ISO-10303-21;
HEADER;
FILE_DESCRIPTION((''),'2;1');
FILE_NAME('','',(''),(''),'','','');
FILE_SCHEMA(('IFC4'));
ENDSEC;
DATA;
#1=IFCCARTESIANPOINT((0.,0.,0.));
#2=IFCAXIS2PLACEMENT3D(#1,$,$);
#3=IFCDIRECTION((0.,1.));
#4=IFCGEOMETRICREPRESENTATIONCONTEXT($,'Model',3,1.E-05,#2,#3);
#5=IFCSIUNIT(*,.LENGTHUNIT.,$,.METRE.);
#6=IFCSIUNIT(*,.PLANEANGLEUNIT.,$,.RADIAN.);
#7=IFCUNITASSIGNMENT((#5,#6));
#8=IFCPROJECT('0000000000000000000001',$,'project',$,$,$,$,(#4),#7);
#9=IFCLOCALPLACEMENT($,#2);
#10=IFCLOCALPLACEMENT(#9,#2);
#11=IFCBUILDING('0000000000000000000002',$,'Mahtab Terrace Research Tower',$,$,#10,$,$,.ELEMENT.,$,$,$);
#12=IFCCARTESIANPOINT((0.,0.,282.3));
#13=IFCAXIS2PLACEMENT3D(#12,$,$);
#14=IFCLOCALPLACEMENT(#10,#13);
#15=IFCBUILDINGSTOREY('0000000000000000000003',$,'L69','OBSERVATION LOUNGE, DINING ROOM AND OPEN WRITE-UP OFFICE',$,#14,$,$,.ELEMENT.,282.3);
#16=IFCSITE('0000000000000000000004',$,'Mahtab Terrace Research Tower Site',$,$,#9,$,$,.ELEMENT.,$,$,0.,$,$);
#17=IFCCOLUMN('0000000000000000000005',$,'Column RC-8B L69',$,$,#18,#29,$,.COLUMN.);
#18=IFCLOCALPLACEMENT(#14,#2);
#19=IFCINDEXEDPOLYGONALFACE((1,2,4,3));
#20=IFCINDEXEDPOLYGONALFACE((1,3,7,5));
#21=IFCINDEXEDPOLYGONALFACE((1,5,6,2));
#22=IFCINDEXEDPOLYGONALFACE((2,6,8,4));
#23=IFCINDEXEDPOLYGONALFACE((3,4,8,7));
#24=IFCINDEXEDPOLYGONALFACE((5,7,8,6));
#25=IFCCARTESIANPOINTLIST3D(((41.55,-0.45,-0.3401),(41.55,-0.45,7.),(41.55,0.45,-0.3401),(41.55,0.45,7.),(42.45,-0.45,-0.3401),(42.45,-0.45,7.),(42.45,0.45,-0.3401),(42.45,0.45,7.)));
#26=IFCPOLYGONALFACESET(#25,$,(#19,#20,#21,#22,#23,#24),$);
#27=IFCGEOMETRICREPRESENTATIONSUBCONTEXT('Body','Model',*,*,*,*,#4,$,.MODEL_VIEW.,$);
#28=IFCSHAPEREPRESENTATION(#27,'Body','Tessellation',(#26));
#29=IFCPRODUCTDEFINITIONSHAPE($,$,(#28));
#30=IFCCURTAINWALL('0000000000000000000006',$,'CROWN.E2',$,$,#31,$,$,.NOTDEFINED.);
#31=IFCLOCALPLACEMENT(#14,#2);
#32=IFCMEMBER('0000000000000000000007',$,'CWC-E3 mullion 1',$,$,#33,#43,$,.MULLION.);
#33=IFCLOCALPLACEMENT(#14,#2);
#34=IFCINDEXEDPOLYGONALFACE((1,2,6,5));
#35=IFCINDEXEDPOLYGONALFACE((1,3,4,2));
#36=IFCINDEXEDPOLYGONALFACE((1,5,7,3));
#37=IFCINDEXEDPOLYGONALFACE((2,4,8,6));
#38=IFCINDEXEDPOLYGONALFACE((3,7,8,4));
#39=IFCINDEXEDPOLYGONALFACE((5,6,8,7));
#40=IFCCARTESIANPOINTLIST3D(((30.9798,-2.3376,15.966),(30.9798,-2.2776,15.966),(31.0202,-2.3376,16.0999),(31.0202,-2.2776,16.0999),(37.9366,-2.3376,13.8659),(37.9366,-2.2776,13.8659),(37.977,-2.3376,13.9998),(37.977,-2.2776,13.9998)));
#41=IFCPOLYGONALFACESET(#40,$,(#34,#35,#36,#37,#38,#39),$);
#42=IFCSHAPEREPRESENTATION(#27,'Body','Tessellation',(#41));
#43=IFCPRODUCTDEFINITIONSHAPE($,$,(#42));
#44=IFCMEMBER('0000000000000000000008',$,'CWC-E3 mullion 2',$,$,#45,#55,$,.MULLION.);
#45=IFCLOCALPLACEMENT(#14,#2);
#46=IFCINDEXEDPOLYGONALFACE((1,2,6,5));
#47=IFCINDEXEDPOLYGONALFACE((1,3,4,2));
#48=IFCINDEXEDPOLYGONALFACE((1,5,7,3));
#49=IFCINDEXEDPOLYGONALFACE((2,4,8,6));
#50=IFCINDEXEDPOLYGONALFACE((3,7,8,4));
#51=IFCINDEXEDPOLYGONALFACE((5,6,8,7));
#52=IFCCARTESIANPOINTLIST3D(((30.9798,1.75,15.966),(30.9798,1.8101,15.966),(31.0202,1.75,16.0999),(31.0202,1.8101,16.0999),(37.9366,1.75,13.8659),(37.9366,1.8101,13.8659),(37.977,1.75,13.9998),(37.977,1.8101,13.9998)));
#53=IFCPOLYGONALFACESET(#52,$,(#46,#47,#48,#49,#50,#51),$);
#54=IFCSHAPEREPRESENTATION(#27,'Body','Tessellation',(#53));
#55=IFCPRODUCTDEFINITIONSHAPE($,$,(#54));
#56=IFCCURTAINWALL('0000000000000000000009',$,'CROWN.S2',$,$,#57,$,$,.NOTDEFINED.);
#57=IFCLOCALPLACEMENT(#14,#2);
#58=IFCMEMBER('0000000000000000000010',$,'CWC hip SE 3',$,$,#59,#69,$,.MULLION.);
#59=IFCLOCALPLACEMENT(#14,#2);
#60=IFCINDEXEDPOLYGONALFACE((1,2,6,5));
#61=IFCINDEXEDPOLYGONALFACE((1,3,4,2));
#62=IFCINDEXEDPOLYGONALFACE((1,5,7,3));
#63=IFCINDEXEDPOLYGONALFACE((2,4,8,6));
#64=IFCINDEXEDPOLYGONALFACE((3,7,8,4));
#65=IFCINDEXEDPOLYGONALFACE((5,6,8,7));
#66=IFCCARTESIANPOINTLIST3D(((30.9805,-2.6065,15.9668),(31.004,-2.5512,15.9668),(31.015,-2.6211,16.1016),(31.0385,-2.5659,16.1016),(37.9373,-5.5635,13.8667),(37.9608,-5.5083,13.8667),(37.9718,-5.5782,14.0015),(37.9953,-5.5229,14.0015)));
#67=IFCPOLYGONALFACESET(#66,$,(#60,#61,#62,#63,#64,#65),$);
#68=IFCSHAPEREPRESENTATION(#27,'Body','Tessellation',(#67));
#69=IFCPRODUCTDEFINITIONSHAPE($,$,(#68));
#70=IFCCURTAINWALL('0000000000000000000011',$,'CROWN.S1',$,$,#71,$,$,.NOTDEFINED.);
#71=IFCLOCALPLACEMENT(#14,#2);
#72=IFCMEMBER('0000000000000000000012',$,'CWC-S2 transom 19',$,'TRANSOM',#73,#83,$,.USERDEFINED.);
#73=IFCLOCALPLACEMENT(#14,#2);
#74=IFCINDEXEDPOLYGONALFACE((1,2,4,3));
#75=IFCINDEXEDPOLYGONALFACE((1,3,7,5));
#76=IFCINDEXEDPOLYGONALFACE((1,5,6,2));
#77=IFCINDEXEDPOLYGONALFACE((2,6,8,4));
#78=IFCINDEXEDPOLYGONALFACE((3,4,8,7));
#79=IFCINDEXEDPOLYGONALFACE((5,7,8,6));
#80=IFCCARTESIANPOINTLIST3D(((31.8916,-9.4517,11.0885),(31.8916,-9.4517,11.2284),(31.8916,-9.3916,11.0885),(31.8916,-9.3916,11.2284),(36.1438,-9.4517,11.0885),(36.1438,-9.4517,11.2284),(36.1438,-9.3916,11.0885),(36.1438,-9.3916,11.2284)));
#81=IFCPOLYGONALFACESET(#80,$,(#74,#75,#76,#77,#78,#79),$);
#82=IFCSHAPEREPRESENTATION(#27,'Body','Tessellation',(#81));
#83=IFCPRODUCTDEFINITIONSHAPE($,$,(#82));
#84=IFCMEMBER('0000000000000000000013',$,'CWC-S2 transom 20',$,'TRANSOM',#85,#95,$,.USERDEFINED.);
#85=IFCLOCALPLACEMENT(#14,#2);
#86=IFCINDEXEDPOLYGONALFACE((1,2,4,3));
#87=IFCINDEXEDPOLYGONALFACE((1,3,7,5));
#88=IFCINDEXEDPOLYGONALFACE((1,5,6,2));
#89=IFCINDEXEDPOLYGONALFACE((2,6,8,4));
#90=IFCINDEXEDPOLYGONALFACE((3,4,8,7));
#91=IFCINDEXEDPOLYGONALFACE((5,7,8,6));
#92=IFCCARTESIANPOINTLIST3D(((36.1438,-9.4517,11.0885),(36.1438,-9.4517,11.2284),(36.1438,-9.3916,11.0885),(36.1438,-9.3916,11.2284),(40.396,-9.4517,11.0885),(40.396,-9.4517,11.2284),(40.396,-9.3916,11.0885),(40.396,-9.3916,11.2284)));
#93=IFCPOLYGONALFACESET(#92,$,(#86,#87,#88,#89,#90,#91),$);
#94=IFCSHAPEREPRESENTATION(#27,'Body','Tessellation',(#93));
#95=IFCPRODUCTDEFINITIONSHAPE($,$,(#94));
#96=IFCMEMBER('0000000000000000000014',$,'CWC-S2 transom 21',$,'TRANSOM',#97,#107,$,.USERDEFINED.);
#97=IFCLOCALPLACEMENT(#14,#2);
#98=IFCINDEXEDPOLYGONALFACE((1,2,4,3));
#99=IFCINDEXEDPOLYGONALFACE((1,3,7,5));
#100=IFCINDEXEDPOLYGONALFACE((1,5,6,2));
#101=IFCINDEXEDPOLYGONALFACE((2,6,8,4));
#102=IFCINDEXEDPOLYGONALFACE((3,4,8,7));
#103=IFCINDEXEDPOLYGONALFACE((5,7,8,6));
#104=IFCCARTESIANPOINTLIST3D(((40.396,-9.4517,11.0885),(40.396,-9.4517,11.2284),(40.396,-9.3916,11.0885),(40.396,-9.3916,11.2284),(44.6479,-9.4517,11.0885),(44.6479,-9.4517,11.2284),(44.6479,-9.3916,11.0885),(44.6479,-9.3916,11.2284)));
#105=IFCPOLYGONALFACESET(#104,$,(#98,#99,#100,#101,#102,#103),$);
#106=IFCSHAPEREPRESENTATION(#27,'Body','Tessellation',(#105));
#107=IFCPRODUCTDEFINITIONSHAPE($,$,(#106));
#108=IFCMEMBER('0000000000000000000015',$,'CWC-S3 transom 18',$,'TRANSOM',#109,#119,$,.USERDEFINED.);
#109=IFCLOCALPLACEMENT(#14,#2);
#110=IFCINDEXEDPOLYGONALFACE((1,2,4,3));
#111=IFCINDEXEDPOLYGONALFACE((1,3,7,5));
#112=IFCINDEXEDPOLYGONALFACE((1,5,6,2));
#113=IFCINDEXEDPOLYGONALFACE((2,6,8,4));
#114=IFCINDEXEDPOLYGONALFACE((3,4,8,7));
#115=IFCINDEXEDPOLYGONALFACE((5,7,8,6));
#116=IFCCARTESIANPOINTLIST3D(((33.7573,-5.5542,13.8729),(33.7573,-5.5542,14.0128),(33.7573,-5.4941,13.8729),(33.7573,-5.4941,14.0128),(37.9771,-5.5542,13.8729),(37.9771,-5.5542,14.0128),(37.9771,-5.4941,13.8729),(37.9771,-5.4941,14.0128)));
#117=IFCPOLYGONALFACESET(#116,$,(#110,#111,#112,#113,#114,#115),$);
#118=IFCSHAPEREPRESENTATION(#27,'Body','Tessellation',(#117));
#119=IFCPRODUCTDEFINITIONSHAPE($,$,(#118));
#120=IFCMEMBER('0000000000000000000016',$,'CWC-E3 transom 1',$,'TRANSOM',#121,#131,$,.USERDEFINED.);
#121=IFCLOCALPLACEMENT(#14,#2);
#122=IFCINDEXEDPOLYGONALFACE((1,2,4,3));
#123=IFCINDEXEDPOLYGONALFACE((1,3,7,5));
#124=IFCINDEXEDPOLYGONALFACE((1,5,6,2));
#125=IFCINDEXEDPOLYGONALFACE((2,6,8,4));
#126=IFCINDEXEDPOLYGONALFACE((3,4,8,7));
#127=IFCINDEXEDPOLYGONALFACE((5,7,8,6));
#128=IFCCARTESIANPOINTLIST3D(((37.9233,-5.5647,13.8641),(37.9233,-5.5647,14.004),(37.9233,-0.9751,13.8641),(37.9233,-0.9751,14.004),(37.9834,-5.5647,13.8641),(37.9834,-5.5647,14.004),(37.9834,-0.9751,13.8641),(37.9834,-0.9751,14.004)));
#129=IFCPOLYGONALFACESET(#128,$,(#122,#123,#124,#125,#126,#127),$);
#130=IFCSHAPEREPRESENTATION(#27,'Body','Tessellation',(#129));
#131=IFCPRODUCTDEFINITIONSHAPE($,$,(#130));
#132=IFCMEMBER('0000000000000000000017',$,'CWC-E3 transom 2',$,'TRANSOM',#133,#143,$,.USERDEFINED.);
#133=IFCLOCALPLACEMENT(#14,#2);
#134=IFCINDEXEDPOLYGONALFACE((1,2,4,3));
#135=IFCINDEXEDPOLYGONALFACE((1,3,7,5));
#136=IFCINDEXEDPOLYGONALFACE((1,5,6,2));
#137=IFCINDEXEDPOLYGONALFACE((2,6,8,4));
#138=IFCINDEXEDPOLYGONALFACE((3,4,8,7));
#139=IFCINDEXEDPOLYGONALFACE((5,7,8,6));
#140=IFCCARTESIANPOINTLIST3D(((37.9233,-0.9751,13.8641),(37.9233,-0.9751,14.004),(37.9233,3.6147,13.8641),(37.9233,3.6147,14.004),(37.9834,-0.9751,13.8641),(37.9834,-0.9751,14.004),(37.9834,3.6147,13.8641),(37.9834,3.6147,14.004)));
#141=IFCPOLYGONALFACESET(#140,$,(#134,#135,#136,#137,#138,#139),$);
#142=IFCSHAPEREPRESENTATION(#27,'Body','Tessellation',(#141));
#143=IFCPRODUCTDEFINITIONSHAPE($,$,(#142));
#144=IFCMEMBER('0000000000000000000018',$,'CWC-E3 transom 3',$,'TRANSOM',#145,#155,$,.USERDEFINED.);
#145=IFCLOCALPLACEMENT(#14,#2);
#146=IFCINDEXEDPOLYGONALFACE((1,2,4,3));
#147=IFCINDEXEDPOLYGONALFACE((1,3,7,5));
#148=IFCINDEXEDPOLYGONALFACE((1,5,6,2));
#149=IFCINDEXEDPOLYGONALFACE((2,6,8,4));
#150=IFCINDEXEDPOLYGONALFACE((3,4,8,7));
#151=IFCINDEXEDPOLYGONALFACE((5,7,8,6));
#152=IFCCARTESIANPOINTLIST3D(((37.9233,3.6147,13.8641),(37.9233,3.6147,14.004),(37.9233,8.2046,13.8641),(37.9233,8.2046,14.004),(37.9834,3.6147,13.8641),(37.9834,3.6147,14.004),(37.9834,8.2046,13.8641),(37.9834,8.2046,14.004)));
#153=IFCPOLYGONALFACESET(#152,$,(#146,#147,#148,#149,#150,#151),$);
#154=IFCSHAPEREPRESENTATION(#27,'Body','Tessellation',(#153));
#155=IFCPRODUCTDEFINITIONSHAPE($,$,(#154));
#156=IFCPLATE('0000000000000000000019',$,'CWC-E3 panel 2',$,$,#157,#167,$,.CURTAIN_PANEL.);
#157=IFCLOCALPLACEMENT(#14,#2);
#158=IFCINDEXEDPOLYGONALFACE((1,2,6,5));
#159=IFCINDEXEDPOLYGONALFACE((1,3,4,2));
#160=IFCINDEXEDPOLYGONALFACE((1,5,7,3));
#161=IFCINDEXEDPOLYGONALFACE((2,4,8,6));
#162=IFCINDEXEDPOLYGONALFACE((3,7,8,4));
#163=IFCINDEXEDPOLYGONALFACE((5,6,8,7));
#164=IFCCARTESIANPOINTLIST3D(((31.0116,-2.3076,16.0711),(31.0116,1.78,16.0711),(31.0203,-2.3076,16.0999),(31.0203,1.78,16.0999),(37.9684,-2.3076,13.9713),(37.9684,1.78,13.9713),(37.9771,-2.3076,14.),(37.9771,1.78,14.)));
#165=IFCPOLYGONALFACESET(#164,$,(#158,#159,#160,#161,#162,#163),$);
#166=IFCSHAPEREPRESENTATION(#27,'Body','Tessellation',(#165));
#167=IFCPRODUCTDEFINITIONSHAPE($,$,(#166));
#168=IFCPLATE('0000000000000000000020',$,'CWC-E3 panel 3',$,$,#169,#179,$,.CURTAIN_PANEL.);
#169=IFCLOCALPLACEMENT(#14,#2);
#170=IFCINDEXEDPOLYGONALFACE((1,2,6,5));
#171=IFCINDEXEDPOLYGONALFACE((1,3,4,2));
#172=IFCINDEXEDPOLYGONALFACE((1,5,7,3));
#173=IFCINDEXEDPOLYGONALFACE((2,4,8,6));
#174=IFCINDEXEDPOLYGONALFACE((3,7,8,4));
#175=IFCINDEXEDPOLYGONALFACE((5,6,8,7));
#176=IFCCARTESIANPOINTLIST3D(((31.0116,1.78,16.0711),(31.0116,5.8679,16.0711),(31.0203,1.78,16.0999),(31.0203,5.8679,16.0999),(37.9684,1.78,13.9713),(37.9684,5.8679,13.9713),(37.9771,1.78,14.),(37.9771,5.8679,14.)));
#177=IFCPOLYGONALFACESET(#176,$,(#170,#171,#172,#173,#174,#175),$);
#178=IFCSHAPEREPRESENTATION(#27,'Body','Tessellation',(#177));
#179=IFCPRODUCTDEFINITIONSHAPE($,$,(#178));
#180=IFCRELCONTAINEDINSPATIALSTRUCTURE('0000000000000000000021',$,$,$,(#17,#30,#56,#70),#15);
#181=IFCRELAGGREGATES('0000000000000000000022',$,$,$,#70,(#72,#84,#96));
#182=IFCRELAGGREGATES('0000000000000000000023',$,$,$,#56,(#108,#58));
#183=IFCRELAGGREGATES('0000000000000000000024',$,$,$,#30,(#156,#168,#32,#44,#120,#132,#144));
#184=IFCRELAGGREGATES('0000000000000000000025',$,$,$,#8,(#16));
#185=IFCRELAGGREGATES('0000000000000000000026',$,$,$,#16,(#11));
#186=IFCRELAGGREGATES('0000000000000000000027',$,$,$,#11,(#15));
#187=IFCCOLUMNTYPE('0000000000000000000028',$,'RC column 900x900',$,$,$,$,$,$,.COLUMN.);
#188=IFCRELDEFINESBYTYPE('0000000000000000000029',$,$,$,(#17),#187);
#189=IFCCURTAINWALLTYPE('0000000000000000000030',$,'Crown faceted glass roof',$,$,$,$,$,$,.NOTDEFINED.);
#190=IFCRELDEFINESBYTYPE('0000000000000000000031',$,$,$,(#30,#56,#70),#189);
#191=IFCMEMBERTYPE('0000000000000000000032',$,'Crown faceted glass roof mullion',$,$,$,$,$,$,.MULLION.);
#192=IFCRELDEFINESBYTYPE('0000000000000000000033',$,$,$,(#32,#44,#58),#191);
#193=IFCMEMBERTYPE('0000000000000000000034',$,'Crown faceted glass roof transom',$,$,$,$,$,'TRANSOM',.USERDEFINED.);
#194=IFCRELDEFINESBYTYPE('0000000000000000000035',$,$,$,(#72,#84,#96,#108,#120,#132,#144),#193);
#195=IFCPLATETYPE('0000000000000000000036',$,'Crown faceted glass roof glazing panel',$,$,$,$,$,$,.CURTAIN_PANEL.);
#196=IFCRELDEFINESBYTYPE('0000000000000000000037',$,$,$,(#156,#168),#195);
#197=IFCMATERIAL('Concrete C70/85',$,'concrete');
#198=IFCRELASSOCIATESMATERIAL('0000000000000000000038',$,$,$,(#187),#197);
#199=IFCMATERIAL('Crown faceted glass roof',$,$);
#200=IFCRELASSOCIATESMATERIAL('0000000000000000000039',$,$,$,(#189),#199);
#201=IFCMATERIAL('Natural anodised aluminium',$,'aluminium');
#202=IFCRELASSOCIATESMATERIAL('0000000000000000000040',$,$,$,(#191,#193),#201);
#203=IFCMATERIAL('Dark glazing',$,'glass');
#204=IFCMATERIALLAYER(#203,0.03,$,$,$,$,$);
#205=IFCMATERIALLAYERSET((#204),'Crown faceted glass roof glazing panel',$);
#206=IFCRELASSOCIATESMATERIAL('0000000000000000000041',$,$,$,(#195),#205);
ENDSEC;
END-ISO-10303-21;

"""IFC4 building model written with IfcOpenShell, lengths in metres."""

from ifc_helpers import new_model, si_unit, direction, frame, origin, origin_2d, place, context, subcontext, project, spatial, polyline, rectangle, outline, extrude, material, layer, layer_set, material_profile, profile_set, type_object, element, aggregate, save


model = new_model("IFC4")

# Units and contexts
model_context = context("Model", 3, precision=1e-05, world=origin(), true_north=direction((0.0, 1.0)))
body_context = subcontext(model_context, "Body", "Model", "MODEL_VIEW")
ifc_project = project(units=[si_unit("LENGTHUNIT", "METRE"), si_unit("PLANEANGLEUNIT", "RADIAN")], contexts=[model_context])

# Site, building, storey
site_placement = place(None, origin())
site = spatial("IfcSite", under=ifc_project, at=site_placement, Name="Mahtab Terrace Research Tower Site", CompositionType="ELEMENT", RefElevation=0.0)
building_placement = place(site_placement, origin())
building = spatial("IfcBuilding", under=site, at=building_placement, Name="Mahtab Terrace Research Tower", CompositionType="ELEMENT")
storey_placement = place(building_placement, frame((0.0, 0.0, 282.3)))
storey = spatial("IfcBuildingStorey", under=building, at=storey_placement, Name="L69", Description="OBSERVATION LOUNGE, DINING ROOM AND OPEN WRITE-UP OFFICE", CompositionType="ELEMENT", Elevation=282.3)

# Column
ifc_material_1 = material(Name="Concrete C70/85", Category="concrete")
ifc_material_profile_1 = material_profile(ifc_material_1, rectangle(XDim=0.8999, YDim=0.8999, at=origin_2d()), Name="RC column 900x900")
ifc_profile_set_1 = profile_set([ifc_material_profile_1], Name="Concrete C70/85")
column_type = type_object("IfcColumnType", Name="RC column 900x900", PredefinedType="COLUMN", material=ifc_profile_set_1)
column_placement = place(storey_placement, frame((42.0, 0.0, -0.3401), z_axis=(0.0, 0.0, 1.0), x_axis=(1.0, 0.0, 0.0)))
element("IfcColumn", 1, at=column_placement, inside=storey, type_object=column_type, Name="Column RC-8B L69", PredefinedType="COLUMN", context=body_context, shape_type="SweptSolid", body=[
    extrude(rectangle(XDim=0.8999, YDim=0.8999, at=origin_2d()), origin(), (0.0, 0.0, 1.0), 7.3401),
])

# Curtain wall, members
ifc_material_2 = material(Name="Crown faceted glass roof")
curtain_wall_type = type_object("IfcCurtainWallType", Name="Crown faceted glass roof", PredefinedType="NOTDEFINED", material=ifc_material_2)
curtain_wall_1_placement = place(storey_placement, origin())
curtain_wall_1 = element("IfcCurtainWall", 2, at=curtain_wall_1_placement, inside=storey, type_object=curtain_wall_type, Name="CROWN.E2", PredefinedType="NOTDEFINED")
ifc_material_3 = material(Name="Natural anodised aluminium", Category="aluminium")
ifc_material_profile_2 = material_profile(ifc_material_3, rectangle(XDim=0.0601, YDim=0.1399, at=origin_2d()), Name="MULLION 60x140")
ifc_profile_set_2 = profile_set([ifc_material_profile_2], Name="Natural anodised aluminium")
member_type_1 = type_object("IfcMemberType", Name="Crown faceted glass roof mullion", PredefinedType="MULLION", material=ifc_profile_set_2)
member_1_placement = place(storey_placement, frame((37.9568, -2.3076, 13.9329), z_axis=(-0.95733, 0.0, 0.288996), x_axis=(0.0, -1.0, 0.0)))
member_1 = element("IfcMember", 3, at=member_1_placement, type_object=member_type_1, Name="CWC-E3 mullion 1", PredefinedType="MULLION", context=body_context, shape_type="SweptSolid", body=[
    extrude(rectangle(XDim=0.0601, YDim=0.1399, at=origin_2d()), origin(), (0.0, 0.0, 1.0), 7.2668),
])
member_2_placement = place(storey_placement, frame((37.9568, 1.78, 13.9329), z_axis=(-0.95733, 0.0, 0.288996), x_axis=(0.0, -1.0, 0.0)))
member_2 = element("IfcMember", 4, at=member_2_placement, type_object=member_type_1, Name="CWC-E3 mullion 2", PredefinedType="MULLION", context=body_context, shape_type="SweptSolid", body=[
    extrude(rectangle(XDim=0.0601, YDim=0.1399, at=origin_2d()), origin(), (0.0, 0.0, 1.0), 7.2668),
])

# Curtain wall, member
curtain_wall_2_placement = place(storey_placement, origin())
curtain_wall_2 = element("IfcCurtainWall", 5, at=curtain_wall_2_placement, inside=storey, type_object=curtain_wall_type, Name="CROWN.S2", PredefinedType="NOTDEFINED")
member_3_placement = place(storey_placement, frame((37.9663, -5.5432, 13.9341), z_axis=(-0.886727, 0.37691, 0.267683), x_axis=(-0.391185, -0.920312, 0.0)))
member_3 = element("IfcMember", 6, at=member_3_placement, type_object=member_type_1, Name="CWC hip SE 3", PredefinedType="MULLION", context=body_context, shape_type="SweptSolid", body=[
    extrude(rectangle(XDim=0.0601, YDim=0.1399, at=origin_2d()), origin(), (0.0, 0.0, 1.0), 7.8455),
])

# Curtain wall, members
curtain_wall_3_placement = place(storey_placement, origin())
curtain_wall_3 = element("IfcCurtainWall", 7, at=curtain_wall_3_placement, inside=storey, type_object=curtain_wall_type, Name="CROWN.S1", PredefinedType="NOTDEFINED")
ifc_material_profile_3 = material_profile(ifc_material_3, rectangle(XDim=0.0601, YDim=0.1399, at=origin_2d()), Name="TRANSOM 60x140")
ifc_profile_set_3 = profile_set([ifc_material_profile_3], Name="Natural anodised aluminium")
member_type_2 = type_object("IfcMemberType", Name="Crown faceted glass roof transom", ElementType="TRANSOM", PredefinedType="USERDEFINED", material=ifc_profile_set_3)
member_4_placement = place(storey_placement, frame((31.8916, -9.4216, 11.1584), z_axis=(1.0, 0.0, 0.0), x_axis=(0.0, 1.0, 0.0)))
member_4 = element("IfcMember", 8, at=member_4_placement, type_object=member_type_2, Name="CWC-S2 transom 19", ObjectType="TRANSOM", PredefinedType="USERDEFINED", context=body_context, shape_type="SweptSolid", body=[
    extrude(rectangle(XDim=0.0601, YDim=0.1399, at=origin_2d()), origin(), (0.0, 0.0, 1.0), 4.2522),
])
member_5_placement = place(storey_placement, frame((36.1438, -9.4216, 11.1584), z_axis=(1.0, 0.0, 0.0), x_axis=(0.0, 1.0, 0.0)))
member_5 = element("IfcMember", 9, at=member_5_placement, type_object=member_type_2, Name="CWC-S2 transom 20", ObjectType="TRANSOM", PredefinedType="USERDEFINED", context=body_context, shape_type="SweptSolid", body=[
    extrude(rectangle(XDim=0.0601, YDim=0.1399, at=origin_2d()), origin(), (0.0, 0.0, 1.0), 4.2522),
])
member_6_placement = place(storey_placement, frame((40.396, -9.4216, 11.1584), z_axis=(1.0, 0.0, 0.0), x_axis=(0.0, 1.0, 0.0)))
member_6 = element("IfcMember", 10, at=member_6_placement, type_object=member_type_2, Name="CWC-S2 transom 21", ObjectType="TRANSOM", PredefinedType="USERDEFINED", context=body_context, shape_type="SweptSolid", body=[
    extrude(rectangle(XDim=0.0601, YDim=0.1399, at=origin_2d()), origin(), (0.0, 0.0, 1.0), 4.252),
])
aggregate(curtain_wall_3, [member_4, member_5, member_6])

# Members
member_7_placement = place(storey_placement, frame((33.7573, -5.5242, 13.9429), z_axis=(1.0, 0.0, 0.0), x_axis=(0.0, 1.0, 0.0)))
member_7 = element("IfcMember", 11, at=member_7_placement, type_object=member_type_2, Name="CWC-S3 transom 18", ObjectType="TRANSOM", PredefinedType="USERDEFINED", context=body_context, shape_type="SweptSolid", body=[
    extrude(rectangle(XDim=0.0601, YDim=0.1399, at=origin_2d()), origin(), (0.0, 0.0, 1.0), 4.2197),
])
aggregate(curtain_wall_2, [member_7, member_3])
member_8_placement = place(storey_placement, frame((37.9534, -5.5647, 13.9341), z_axis=(0.0, 1.0, 0.0), x_axis=(-1.0, 0.0, 0.0)))
member_8 = element("IfcMember", 12, at=member_8_placement, type_object=member_type_2, Name="CWC-E3 transom 1", ObjectType="TRANSOM", PredefinedType="USERDEFINED", context=body_context, shape_type="SweptSolid", body=[
    extrude(rectangle(XDim=0.0601, YDim=0.1399, at=origin_2d()), origin(), (0.0, 0.0, 1.0), 4.5896),
])
member_9_placement = place(storey_placement, frame((37.9534, -0.9751, 13.9341), z_axis=(0.0, 1.0, 0.0), x_axis=(-1.0, 0.0, 0.0)))
member_9 = element("IfcMember", 13, at=member_9_placement, type_object=member_type_2, Name="CWC-E3 transom 2", ObjectType="TRANSOM", PredefinedType="USERDEFINED", context=body_context, shape_type="SweptSolid", body=[
    extrude(rectangle(XDim=0.0601, YDim=0.1399, at=origin_2d()), origin(), (0.0, 0.0, 1.0), 4.5898),
])
member_10_placement = place(storey_placement, frame((37.9534, 3.6147, 13.9341), z_axis=(0.0, 1.0, 0.0), x_axis=(-1.0, 0.0, 0.0)))
member_10 = element("IfcMember", 14, at=member_10_placement, type_object=member_type_2, Name="CWC-E3 transom 3", ObjectType="TRANSOM", PredefinedType="USERDEFINED", context=body_context, shape_type="SweptSolid", body=[
    extrude(rectangle(XDim=0.0601, YDim=0.1399, at=origin_2d()), origin(), (0.0, 0.0, 1.0), 4.5898),
])

# Plates
ifc_material_4 = material(Name="Dark glazing", Category="glass")
ifc_layer_1 = layer(ifc_material_4, 0.03)
ifc_layer_set_1 = layer_set([ifc_layer_1], Name="Crown faceted glass roof glazing panel")
plate_type = type_object("IfcPlateType", Name="Crown faceted glass roof glazing panel", PredefinedType="CURTAIN_PANEL", material=ifc_layer_set_1)
plate_1_placement = place(storey_placement, frame((37.9771, -2.3076, 14.0), z_axis=(0.288966, 0.0, 0.957339), x_axis=(0.0, 1.0, 0.0)))
plate_1 = element("IfcPlate", 15, at=plate_1_placement, type_object=plate_type, Name="CWC-E3 panel 2", PredefinedType="CURTAIN_PANEL", context=body_context, shape_type="SweptSolid", body=[
    extrude(outline(polyline([(0.0, 0.0), (4.0876, 0.0), (4.0876, 7.2668), (0.0, 7.2668), (0.0, 0.0)])), origin(), (0.0, 0.0, -1.0), 0.03),
])
plate_2_placement = place(storey_placement, frame((37.9771, 1.78, 14.0), z_axis=(0.288966, 0.0, 0.957339), x_axis=(0.0, 1.0, 0.0)))
plate_2 = element("IfcPlate", 16, at=plate_2_placement, type_object=plate_type, Name="CWC-E3 panel 3", PredefinedType="CURTAIN_PANEL", context=body_context, shape_type="SweptSolid", body=[
    extrude(outline(polyline([(0.0, 0.0), (4.0879, 0.0), (4.0879, 7.2668), (0.0, 7.2668), (0.0, 0.0)])), origin(), (0.0, 0.0, -1.0), 0.03),
])
aggregate(curtain_wall_1, [plate_1, plate_2, member_1, member_2, member_8, member_9, member_10])

save(model, "model.ifc")
